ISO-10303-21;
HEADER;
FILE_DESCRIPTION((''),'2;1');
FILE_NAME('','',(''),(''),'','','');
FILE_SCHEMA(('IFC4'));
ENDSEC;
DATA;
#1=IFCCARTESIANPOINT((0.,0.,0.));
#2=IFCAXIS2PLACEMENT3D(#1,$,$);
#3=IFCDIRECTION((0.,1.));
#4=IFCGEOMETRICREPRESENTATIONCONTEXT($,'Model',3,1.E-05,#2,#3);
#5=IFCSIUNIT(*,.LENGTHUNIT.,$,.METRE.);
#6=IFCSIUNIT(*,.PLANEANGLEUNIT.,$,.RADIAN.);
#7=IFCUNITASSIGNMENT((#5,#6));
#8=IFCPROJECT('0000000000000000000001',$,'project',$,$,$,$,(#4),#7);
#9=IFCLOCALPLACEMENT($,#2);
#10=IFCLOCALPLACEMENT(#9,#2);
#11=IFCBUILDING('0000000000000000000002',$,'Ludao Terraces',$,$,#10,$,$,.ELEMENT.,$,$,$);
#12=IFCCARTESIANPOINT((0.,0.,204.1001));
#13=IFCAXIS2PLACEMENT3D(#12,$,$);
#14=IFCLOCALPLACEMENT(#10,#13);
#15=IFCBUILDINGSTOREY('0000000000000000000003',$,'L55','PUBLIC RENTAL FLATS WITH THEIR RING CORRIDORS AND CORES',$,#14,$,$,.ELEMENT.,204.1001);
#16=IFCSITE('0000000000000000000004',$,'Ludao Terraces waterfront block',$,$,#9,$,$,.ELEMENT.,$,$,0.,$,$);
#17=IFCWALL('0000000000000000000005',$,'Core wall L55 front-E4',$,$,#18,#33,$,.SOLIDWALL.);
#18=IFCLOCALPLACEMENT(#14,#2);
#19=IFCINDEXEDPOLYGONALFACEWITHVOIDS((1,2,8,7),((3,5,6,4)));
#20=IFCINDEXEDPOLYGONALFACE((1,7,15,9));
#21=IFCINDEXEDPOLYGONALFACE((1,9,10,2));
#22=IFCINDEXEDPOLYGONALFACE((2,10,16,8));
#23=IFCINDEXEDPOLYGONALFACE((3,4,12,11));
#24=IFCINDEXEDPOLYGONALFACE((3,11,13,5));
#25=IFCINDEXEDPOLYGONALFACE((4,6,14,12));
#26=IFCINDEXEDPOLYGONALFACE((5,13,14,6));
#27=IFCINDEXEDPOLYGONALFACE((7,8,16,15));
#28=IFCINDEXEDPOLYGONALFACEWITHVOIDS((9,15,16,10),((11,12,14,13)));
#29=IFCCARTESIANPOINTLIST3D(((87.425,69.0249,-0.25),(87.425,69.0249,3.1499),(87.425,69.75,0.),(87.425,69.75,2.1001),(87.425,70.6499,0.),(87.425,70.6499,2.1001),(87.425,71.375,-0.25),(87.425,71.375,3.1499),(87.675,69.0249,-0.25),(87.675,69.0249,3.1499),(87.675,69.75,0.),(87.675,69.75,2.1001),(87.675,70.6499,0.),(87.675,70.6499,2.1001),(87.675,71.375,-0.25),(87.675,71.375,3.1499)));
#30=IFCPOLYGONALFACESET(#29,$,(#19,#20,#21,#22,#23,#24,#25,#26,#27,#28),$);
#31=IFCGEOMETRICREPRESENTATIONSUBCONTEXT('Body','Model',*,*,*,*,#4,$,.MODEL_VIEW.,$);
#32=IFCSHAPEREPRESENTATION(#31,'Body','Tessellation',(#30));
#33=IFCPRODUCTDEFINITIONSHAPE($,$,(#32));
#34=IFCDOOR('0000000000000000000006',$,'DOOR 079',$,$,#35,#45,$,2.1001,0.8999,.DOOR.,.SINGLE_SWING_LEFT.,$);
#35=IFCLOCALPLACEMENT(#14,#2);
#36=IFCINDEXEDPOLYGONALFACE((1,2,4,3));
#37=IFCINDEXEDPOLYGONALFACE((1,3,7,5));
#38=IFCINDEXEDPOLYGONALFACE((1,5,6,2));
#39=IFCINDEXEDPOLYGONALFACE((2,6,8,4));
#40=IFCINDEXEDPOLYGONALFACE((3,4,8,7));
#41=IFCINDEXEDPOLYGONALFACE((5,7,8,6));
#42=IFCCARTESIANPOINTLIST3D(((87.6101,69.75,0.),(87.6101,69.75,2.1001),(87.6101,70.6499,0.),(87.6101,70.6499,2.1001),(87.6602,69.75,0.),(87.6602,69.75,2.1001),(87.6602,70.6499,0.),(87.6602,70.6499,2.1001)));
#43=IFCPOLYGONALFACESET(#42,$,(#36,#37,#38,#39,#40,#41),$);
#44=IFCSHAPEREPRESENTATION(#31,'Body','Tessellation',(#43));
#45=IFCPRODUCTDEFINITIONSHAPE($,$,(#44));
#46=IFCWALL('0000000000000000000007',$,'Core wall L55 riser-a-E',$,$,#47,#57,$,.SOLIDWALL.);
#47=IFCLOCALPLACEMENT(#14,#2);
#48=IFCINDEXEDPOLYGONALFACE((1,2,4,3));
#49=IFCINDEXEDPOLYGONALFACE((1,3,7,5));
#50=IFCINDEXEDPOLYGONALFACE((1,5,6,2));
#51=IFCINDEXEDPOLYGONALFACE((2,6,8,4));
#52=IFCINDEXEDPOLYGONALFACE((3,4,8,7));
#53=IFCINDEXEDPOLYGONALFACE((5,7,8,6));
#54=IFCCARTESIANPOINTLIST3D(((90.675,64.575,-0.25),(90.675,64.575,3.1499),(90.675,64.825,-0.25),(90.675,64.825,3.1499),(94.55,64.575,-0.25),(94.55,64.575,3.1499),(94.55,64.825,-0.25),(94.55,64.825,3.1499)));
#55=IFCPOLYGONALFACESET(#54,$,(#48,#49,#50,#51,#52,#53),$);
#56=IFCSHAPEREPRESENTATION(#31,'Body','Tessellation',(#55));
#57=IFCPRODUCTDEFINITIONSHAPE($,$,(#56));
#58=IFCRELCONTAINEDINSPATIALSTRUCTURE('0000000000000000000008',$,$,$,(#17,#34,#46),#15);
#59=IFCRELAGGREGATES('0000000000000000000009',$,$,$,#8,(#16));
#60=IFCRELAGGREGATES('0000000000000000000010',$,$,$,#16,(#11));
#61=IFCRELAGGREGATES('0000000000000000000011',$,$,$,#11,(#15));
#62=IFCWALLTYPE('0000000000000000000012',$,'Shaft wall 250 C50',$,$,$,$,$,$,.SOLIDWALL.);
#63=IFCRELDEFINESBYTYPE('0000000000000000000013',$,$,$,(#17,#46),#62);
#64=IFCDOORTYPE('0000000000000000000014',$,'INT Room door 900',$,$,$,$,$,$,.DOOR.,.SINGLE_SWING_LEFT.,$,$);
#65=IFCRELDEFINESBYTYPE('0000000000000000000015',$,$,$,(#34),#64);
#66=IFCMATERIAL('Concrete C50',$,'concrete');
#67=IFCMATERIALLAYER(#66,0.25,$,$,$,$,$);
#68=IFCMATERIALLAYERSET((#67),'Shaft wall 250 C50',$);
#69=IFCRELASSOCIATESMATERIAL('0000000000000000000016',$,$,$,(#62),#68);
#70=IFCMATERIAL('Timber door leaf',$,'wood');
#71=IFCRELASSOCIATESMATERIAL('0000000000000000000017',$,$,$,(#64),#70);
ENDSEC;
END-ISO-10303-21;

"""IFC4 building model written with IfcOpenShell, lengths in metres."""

from ifc_helpers import new_model, si_unit, direction, frame, frame_2d, origin, place, context, subcontext, project, spatial, rectangle, extrude, material, layer, layer_set, type_object, element, fill, save


model = new_model("IFC4")

# Units and contexts
model_context = context("Model", 3, precision=1e-05, world=origin(), true_north=direction((0.0, 1.0)))
body_context = subcontext(model_context, "Body", "Model", "MODEL_VIEW")
ifc_project = project(units=[si_unit("LENGTHUNIT", "METRE"), si_unit("PLANEANGLEUNIT", "RADIAN")], contexts=[model_context])

# Site, building, storey
site_placement = place(None, origin())
site = spatial("IfcSite", under=ifc_project, at=site_placement, Name="Ludao Terraces waterfront block", CompositionType="ELEMENT", RefElevation=0.0)
building_placement = place(site_placement, origin())
building = spatial("IfcBuilding", under=site, at=building_placement, Name="Ludao Terraces", CompositionType="ELEMENT")
storey_placement = place(building_placement, frame((0.0, 0.0, 204.1001)))
storey = spatial("IfcBuildingStorey", under=building, at=storey_placement, Name="L55", Description="PUBLIC RENTAL FLATS WITH THEIR RING CORRIDORS AND CORES", CompositionType="ELEMENT", Elevation=204.1001)

# Shared definitions
ifc_material_1 = material(Name="Concrete C50", Category="concrete")
ifc_layer_1 = layer(ifc_material_1, 0.25)
ifc_layer_set_1 = layer_set([ifc_layer_1], Name="Shaft wall 250 C50")
wall_type_1 = type_object("IfcWallType", Name="Shaft wall 250 C50", PredefinedType="SOLIDWALL", material=ifc_layer_set_1)
ifc_material_2 = material(Name="Timber door leaf", Category="wood")
door_type = type_object("IfcDoorType", Name="INT Room door 900", OperationType="SINGLE_SWING_LEFT", PredefinedType="DOOR", material=ifc_material_2)

# Wall, opening, door
wall_1_placement = place(storey_placement, frame((87.55, 69.0249, -0.25), z_axis=(0.0, 0.0, 1.0), x_axis=(0.0, 1.0, 0.0)))
wall_1 = element("IfcWall", 1, at=wall_1_placement, inside=storey, type_object=wall_type_1, Name="Core wall L55 front-E4", PredefinedType="SOLIDWALL", context=body_context, shape_type="SweptSolid", body=[
    extrude(rectangle(XDim=2.3501, YDim=0.25, at=frame_2d((1.175, 0.0))), origin(), (0.0, 0.0, 1.0), 3.3999),
])
opening_1_placement = place(wall_1_placement, frame((0.7251, 0.0, 0.25)))
opening_1 = element("IfcOpeningElement", 2, at=opening_1_placement, cuts=wall_1, PredefinedType="OPENING", context=body_context, shape_type="SweptSolid", body=[
    extrude(rectangle(XDim=0.8999, YDim=2.1001, at=frame_2d((0.45, 1.05))), frame((0.0, 0.135, 0.0), z_axis=(0.0, -1.0, 0.0), x_axis=(1.0, 0.0, 0.0)), (0.0, 0.0, 1.0), 0.27),
])
door_1_placement = place(opening_1_placement, origin())
door_1 = element("IfcDoor", 3, at=door_1_placement, inside=storey, type_object=door_type, Name="DOOR 079", OperationType="SINGLE_SWING_LEFT", OverallHeight=2.1001, OverallWidth=0.8999, PredefinedType="DOOR", context=body_context, shape_type="SweptSolid", body=[
    extrude(rectangle(XDim=0.8999, YDim=2.1001, at=frame_2d((0.45, 1.05))), frame((0.0, -0.0601, 0.0), z_axis=(0.0, -1.0, 0.0), x_axis=(1.0, 0.0, 0.0)), (0.0, 0.0, 1.0), 0.05),
])
fill(opening_1, door_1)

# Wall
wall_2_placement = place(storey_placement, frame((90.675, 64.7, -0.25), z_axis=(0.0, 0.0, 1.0), x_axis=(1.0, 0.0, 0.0)))
element("IfcWall", 4, at=wall_2_placement, inside=storey, type_object=wall_type_1, Name="Core wall L55 riser-a-E", PredefinedType="SOLIDWALL", context=body_context, shape_type="SweptSolid", body=[
    extrude(rectangle(XDim=3.875, YDim=0.25, at=frame_2d((1.9375, 0.0))), origin(), (0.0, 0.0, 1.0), 3.3999),
])

save(model, "model.ifc")
